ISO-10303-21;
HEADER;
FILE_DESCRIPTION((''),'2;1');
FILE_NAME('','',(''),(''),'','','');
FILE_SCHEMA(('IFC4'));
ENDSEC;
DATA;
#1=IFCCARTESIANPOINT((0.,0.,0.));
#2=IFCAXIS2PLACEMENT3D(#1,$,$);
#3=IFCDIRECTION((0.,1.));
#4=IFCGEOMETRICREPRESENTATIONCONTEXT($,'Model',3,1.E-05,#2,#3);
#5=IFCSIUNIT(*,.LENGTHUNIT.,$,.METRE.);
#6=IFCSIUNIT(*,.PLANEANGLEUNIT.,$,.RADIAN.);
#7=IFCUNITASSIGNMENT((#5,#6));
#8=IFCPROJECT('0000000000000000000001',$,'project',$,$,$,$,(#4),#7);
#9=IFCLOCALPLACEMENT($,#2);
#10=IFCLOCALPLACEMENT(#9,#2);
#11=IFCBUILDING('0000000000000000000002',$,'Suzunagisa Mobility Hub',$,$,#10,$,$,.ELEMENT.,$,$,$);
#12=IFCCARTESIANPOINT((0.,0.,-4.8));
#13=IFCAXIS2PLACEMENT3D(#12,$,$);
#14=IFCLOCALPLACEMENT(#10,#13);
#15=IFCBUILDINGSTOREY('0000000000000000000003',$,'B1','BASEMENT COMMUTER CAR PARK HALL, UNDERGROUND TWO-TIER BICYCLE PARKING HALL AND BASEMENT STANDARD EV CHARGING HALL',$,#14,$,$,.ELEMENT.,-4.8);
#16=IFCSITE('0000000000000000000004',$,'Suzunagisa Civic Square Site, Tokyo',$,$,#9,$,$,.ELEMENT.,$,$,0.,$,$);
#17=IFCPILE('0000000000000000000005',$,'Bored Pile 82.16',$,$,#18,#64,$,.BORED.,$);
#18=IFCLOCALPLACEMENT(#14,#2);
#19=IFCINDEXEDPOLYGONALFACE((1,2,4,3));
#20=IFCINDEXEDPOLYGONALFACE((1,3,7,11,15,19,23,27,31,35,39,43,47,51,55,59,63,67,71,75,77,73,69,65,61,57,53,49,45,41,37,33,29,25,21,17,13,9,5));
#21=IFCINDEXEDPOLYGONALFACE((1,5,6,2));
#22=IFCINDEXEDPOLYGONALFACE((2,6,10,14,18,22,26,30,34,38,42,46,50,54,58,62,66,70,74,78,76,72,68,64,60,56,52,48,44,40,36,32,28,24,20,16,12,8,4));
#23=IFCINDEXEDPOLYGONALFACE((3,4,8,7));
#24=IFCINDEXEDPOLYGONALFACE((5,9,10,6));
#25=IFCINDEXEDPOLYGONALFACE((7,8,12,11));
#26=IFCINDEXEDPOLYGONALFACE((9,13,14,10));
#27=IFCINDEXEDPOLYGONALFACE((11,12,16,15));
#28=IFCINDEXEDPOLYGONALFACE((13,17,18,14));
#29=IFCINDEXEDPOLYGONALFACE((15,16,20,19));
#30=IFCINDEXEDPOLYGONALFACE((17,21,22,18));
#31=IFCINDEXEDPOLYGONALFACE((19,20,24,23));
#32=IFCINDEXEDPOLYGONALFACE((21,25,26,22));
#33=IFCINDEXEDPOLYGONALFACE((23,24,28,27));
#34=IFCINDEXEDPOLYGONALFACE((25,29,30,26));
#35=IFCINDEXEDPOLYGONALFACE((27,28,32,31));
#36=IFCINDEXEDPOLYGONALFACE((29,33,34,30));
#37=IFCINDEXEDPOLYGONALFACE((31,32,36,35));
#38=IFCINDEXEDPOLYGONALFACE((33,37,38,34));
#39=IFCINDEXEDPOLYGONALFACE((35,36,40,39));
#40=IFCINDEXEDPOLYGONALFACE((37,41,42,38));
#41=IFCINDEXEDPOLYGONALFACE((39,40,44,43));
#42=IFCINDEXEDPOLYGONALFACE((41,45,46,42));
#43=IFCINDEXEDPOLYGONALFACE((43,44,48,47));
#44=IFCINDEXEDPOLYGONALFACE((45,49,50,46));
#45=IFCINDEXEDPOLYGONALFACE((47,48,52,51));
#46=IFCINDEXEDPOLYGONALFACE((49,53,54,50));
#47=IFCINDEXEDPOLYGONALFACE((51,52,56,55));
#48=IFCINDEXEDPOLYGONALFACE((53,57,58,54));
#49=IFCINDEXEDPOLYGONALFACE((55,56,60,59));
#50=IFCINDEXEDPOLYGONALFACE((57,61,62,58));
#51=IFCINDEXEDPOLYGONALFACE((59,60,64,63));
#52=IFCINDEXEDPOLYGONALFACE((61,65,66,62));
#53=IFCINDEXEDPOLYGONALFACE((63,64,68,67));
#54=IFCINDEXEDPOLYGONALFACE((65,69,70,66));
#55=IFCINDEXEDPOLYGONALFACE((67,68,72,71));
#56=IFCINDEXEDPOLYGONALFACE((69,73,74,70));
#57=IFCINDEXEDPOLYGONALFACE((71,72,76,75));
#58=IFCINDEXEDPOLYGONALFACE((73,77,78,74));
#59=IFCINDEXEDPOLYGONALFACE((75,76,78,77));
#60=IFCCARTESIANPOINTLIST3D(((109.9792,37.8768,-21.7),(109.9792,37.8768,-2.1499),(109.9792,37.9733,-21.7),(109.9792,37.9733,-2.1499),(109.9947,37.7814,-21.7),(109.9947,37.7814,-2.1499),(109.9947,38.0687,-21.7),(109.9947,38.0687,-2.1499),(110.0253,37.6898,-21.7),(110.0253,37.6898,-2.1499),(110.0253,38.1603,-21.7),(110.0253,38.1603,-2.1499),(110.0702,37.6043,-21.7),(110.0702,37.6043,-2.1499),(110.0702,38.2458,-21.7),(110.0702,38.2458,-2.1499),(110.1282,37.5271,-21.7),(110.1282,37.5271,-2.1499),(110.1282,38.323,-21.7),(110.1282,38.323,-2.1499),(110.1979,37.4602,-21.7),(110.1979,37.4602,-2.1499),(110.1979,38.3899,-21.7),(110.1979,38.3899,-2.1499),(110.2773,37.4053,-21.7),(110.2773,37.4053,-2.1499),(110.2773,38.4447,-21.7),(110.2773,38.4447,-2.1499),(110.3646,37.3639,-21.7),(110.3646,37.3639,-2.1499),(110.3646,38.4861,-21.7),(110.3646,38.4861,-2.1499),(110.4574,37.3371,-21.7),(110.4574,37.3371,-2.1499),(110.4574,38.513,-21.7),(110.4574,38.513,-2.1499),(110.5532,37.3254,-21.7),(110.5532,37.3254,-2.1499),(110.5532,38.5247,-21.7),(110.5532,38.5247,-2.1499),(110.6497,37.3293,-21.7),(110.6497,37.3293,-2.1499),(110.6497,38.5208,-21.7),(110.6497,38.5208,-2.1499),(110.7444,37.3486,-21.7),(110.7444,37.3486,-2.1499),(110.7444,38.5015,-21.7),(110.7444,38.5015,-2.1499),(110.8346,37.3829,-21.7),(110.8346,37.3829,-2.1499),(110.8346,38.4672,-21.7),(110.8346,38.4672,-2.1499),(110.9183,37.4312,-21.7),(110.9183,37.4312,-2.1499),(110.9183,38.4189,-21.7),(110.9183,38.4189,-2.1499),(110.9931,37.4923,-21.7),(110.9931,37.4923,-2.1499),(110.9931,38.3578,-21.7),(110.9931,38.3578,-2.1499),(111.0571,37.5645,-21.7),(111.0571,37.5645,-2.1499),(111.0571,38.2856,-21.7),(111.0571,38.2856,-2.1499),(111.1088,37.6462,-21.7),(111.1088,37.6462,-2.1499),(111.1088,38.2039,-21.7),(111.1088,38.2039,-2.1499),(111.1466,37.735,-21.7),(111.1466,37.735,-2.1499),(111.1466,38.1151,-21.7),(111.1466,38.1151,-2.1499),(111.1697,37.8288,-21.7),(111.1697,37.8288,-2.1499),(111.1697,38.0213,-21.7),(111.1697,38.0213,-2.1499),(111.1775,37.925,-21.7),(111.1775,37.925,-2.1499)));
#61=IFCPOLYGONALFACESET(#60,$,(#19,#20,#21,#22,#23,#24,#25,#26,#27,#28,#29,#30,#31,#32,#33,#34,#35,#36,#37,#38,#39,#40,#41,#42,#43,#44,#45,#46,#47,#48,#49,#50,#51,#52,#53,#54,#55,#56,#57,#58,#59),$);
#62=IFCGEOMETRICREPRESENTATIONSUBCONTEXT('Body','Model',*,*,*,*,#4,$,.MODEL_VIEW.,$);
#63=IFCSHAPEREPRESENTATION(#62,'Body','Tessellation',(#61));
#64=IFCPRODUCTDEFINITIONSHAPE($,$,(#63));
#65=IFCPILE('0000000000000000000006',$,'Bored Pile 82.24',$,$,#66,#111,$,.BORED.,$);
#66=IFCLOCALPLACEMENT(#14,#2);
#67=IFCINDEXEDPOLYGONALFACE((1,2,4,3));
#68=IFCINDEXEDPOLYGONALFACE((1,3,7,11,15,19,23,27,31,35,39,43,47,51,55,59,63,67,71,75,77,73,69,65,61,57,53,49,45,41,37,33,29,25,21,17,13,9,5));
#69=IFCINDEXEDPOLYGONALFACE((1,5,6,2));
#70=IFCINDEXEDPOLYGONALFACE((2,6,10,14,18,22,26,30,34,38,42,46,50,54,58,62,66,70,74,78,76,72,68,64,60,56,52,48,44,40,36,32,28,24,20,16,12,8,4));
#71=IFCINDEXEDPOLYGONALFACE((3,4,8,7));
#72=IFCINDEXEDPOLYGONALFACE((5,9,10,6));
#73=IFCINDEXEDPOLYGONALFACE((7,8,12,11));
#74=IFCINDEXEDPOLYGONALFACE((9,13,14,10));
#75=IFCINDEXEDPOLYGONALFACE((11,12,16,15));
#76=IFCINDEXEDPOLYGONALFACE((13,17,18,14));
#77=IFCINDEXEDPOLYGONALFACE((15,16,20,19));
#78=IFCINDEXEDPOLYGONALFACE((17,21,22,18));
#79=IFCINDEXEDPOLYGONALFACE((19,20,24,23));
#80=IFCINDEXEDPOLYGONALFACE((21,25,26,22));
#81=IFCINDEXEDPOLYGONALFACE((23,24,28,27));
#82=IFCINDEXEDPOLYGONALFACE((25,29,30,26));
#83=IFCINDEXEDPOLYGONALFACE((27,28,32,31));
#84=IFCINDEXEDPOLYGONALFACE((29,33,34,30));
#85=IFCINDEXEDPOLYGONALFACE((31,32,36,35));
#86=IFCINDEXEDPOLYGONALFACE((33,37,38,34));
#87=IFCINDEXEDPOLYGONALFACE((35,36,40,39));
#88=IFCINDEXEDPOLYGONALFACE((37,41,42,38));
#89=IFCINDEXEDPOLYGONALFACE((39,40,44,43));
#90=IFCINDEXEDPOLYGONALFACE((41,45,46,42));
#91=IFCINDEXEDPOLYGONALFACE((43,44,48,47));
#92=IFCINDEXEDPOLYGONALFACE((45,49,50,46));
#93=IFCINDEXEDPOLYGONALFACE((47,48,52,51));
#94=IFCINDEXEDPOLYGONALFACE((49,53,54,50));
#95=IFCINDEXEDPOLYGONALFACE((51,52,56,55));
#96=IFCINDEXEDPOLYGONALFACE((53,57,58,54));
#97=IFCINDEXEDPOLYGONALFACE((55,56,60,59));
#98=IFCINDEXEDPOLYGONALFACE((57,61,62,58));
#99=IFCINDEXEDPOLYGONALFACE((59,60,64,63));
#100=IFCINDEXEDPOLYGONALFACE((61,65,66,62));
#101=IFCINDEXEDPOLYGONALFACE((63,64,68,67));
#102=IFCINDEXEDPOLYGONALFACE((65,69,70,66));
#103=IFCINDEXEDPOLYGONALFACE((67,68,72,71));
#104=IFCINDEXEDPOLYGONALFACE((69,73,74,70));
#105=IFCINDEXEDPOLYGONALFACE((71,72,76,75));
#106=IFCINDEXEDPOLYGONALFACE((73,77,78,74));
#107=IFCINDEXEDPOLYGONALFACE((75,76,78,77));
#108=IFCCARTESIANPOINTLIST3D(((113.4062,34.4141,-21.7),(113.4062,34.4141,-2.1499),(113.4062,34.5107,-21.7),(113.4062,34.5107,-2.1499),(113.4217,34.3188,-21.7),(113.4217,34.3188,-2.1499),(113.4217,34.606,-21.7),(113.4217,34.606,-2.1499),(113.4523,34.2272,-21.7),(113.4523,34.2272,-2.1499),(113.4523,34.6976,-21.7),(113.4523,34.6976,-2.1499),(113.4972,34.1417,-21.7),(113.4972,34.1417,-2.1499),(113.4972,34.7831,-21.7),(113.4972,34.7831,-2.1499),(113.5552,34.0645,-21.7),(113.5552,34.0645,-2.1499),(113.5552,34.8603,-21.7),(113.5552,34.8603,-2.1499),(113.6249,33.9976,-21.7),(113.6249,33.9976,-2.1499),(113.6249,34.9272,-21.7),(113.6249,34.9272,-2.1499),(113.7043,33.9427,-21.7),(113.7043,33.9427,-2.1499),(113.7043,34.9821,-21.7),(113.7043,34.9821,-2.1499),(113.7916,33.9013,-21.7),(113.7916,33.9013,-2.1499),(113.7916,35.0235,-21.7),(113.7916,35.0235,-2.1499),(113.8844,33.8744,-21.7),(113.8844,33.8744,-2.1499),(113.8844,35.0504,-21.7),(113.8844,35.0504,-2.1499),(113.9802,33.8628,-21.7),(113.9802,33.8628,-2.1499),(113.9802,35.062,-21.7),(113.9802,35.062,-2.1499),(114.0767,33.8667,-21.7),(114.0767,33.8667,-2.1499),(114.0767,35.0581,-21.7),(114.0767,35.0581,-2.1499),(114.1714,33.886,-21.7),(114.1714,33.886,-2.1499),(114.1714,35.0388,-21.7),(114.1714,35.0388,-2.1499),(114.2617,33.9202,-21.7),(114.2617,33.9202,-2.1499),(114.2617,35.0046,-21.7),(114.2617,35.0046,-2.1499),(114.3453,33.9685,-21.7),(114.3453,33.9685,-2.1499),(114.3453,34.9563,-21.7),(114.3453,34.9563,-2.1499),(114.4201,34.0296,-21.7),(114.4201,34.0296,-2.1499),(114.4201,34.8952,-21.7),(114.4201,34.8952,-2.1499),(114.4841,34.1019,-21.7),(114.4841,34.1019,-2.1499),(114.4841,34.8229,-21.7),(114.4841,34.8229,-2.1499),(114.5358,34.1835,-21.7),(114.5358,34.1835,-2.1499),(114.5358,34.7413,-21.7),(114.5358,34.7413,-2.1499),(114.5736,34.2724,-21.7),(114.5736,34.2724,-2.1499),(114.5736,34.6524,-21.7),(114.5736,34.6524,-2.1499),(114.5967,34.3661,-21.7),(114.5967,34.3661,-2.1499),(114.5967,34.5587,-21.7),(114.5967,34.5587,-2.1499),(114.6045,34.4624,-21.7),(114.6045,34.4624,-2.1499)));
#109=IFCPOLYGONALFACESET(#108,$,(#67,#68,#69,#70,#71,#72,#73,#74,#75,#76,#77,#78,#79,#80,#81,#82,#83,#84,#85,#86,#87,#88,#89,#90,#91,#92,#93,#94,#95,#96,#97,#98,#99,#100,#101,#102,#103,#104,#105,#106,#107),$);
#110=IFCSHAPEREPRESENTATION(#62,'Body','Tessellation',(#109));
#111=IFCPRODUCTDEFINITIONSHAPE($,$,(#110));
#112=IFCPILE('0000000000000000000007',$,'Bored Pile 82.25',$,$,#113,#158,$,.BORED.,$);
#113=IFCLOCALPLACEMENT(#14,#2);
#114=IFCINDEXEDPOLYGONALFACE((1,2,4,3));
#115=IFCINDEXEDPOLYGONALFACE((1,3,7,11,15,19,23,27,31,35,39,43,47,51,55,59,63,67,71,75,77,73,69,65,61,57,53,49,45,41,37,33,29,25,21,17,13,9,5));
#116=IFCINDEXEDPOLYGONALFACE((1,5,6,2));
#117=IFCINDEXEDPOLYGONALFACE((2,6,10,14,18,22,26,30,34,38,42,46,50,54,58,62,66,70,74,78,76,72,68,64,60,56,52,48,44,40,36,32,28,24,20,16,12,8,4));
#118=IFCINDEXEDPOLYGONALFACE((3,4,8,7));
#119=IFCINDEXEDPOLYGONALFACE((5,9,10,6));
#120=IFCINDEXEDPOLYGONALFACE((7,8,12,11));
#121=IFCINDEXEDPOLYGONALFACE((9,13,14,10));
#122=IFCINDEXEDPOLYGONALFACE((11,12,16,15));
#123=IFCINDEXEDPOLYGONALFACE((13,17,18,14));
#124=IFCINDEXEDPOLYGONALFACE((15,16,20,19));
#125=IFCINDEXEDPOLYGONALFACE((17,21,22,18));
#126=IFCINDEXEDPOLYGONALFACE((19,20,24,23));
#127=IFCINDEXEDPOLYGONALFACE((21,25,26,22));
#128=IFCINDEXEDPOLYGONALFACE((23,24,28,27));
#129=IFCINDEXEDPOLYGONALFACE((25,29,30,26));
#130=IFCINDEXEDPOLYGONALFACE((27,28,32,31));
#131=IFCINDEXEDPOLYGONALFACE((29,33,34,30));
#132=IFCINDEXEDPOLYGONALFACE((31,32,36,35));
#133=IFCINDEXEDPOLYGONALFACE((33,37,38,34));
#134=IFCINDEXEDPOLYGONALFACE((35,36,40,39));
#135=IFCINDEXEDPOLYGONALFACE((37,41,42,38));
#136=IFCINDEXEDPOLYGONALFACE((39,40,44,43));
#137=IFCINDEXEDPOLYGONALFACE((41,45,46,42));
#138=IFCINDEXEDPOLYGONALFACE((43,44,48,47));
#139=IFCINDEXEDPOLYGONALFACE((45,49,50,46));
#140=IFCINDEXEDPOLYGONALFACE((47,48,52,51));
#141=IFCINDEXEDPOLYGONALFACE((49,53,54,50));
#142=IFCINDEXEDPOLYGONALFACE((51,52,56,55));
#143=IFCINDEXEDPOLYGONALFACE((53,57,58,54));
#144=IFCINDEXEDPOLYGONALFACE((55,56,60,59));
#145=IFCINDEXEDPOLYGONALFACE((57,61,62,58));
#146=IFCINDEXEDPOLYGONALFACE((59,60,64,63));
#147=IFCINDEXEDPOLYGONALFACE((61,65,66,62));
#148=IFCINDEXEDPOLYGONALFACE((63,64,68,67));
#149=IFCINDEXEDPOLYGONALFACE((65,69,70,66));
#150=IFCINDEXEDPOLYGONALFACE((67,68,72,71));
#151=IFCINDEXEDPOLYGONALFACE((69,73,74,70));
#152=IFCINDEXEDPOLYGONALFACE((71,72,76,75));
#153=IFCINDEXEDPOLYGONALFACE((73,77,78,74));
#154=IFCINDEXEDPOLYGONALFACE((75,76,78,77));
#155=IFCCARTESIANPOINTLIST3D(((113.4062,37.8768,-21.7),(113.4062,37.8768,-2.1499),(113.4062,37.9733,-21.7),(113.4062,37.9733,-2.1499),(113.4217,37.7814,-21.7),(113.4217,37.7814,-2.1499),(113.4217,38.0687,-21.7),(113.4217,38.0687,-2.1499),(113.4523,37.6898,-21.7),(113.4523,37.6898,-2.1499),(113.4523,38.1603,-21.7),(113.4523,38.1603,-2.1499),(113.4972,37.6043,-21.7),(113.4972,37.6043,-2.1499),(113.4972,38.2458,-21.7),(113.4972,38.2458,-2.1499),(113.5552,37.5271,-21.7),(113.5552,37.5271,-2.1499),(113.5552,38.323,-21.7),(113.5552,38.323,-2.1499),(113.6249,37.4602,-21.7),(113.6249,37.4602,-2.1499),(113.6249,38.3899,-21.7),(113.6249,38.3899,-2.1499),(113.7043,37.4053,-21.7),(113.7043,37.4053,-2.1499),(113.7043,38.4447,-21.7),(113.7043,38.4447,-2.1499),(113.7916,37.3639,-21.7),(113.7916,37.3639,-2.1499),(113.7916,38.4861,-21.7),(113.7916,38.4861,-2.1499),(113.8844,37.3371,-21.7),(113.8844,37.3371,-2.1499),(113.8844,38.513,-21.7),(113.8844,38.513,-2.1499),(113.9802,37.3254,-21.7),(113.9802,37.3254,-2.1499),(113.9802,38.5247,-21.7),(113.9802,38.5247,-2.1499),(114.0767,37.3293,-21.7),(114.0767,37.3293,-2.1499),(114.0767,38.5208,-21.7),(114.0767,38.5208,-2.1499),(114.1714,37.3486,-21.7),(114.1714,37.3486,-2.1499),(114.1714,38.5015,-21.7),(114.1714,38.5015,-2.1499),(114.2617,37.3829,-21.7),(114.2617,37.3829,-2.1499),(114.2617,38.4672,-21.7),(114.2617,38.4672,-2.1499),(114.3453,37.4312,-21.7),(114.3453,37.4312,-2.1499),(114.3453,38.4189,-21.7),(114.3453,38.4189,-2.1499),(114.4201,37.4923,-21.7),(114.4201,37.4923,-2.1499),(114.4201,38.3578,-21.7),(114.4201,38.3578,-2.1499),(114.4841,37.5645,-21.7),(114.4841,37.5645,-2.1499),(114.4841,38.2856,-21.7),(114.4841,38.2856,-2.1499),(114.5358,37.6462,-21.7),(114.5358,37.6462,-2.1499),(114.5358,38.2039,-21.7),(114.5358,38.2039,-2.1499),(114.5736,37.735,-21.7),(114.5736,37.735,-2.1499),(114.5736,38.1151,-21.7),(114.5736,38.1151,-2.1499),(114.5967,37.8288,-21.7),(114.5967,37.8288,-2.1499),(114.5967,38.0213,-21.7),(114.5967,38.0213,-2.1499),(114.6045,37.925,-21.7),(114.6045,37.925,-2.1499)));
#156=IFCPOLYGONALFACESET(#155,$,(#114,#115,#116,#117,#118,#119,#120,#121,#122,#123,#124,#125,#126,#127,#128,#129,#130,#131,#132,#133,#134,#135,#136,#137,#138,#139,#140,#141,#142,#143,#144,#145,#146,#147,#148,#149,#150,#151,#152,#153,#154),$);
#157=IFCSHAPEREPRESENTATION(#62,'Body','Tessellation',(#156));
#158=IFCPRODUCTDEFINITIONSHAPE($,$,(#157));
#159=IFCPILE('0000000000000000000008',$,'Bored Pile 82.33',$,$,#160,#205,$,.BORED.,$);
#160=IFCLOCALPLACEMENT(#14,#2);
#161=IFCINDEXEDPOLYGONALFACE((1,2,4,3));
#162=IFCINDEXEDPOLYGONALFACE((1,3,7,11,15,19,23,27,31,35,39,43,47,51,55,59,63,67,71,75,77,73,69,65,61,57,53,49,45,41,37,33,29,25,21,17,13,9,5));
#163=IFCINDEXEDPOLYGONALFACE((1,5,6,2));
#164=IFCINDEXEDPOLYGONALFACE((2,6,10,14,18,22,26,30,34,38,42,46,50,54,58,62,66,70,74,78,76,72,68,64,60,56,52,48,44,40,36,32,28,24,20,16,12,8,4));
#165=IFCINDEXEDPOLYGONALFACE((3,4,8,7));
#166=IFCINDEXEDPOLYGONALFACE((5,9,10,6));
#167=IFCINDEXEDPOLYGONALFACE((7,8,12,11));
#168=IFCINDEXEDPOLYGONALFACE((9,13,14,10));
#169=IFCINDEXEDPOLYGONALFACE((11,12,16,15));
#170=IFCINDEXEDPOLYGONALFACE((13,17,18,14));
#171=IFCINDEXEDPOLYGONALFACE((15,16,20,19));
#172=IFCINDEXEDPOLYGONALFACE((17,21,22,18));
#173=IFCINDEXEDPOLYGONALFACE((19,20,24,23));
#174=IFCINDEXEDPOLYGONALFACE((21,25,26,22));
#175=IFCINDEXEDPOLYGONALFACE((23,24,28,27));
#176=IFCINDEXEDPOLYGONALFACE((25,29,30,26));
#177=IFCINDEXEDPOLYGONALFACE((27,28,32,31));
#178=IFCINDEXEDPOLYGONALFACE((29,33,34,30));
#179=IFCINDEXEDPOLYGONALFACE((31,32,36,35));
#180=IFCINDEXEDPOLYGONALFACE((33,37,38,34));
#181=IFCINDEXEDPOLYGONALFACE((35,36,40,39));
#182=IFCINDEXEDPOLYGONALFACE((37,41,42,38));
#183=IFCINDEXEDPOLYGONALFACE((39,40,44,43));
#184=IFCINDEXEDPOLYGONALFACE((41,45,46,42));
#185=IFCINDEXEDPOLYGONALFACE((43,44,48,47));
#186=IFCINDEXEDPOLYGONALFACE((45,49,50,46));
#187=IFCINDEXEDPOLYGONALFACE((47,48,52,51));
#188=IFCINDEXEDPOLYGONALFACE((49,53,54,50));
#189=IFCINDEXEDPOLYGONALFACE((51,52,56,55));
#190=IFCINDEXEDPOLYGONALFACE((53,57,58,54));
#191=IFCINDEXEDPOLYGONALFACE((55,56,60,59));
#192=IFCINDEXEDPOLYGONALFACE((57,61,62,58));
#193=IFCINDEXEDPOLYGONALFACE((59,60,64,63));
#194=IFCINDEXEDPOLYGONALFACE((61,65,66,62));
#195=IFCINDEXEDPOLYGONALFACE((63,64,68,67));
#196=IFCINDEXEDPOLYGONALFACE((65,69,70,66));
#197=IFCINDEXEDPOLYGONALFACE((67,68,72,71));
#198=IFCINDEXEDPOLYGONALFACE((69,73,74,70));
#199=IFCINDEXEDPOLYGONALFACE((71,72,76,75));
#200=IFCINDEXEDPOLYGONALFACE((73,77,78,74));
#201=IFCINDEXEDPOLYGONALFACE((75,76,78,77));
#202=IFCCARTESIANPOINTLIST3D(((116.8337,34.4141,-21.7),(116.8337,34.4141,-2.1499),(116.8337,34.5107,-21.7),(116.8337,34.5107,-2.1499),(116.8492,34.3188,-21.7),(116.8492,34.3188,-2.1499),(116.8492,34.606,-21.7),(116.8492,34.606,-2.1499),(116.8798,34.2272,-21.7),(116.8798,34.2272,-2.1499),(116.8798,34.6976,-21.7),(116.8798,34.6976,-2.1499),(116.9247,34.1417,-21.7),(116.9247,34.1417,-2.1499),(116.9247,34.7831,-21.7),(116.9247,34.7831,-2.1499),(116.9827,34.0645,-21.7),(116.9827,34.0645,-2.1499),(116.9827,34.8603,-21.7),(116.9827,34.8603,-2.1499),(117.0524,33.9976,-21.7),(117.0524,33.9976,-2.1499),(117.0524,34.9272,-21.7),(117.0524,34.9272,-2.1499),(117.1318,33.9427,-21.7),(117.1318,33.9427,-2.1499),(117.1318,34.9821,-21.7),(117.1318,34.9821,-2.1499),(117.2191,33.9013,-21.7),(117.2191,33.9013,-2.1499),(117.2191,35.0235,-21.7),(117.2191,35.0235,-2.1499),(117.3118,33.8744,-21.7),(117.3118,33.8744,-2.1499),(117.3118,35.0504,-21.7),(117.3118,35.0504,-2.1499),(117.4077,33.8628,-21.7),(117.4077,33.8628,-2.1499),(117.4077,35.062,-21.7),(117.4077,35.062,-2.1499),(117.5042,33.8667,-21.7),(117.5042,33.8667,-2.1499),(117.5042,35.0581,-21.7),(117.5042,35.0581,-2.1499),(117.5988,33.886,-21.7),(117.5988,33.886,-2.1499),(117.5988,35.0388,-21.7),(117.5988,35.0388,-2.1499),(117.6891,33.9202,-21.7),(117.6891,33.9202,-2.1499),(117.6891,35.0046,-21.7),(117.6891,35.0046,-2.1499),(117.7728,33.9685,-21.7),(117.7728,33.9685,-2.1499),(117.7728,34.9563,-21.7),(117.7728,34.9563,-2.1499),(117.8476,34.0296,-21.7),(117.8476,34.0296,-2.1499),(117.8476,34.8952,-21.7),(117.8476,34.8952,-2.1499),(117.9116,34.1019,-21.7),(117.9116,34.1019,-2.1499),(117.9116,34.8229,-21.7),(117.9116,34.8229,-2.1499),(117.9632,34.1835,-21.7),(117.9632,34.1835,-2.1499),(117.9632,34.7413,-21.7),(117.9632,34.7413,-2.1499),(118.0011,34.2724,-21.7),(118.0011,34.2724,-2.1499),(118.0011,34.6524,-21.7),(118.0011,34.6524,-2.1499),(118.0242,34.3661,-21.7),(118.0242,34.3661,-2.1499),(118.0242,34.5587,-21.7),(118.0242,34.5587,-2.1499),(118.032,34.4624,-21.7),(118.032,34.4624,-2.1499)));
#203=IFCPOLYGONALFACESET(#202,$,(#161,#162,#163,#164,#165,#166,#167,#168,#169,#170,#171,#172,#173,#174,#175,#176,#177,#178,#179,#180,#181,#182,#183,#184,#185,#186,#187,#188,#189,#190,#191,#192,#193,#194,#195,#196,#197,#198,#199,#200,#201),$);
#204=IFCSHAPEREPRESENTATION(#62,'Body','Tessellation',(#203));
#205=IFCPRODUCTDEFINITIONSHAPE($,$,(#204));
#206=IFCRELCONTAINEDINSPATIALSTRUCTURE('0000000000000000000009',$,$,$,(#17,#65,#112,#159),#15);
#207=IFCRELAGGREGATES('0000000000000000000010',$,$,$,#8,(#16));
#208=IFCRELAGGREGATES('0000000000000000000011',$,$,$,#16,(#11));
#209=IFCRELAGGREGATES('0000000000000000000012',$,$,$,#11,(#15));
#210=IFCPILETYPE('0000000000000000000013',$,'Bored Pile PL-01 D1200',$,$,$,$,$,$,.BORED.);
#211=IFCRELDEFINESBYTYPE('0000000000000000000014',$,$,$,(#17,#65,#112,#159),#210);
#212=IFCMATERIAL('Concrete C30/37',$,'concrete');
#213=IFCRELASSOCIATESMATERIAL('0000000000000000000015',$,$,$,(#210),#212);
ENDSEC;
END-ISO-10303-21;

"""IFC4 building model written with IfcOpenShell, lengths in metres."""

from ifc_helpers import new_model, si_unit, direction, frame, origin, origin_2d, place, context, subcontext, project, spatial, circle, extrude, material, material_profile, profile_set, type_object, element, save


model = new_model("IFC4")

# Units and contexts
model_context = context("Model", 3, precision=1e-05, world=origin(), true_north=direction((0.0, 1.0)))
body_context = subcontext(model_context, "Body", "Model", "MODEL_VIEW")
ifc_project = project(units=[si_unit("LENGTHUNIT", "METRE"), si_unit("PLANEANGLEUNIT", "RADIAN")], contexts=[model_context])

# Site, building, storey
site_placement = place(None, origin())
site = spatial("IfcSite", under=ifc_project, at=site_placement, Name="Suzunagisa Civic Square Site, Tokyo", CompositionType="ELEMENT", RefElevation=0.0)
building_placement = place(site_placement, origin())
building = spatial("IfcBuilding", under=site, at=building_placement, Name="Suzunagisa Mobility Hub", CompositionType="ELEMENT")
storey_placement = place(building_placement, frame((0.0, 0.0, -4.8)))
storey = spatial("IfcBuildingStorey", under=building, at=storey_placement, Name="B1", Description="BASEMENT COMMUTER CAR PARK HALL, UNDERGROUND TWO-TIER BICYCLE PARKING HALL AND BASEMENT STANDARD EV CHARGING HALL", CompositionType="ELEMENT", Elevation=-4.8)

# Piles
ifc_material_1 = material(Name="Concrete C30/37", Category="concrete")
ifc_material_profile_1 = material_profile(ifc_material_1, circle(Radius=0.6001, at=origin_2d()), Name="BORED PILE D1200")
ifc_profile_set_1 = profile_set([ifc_material_profile_1], Name="Concrete C30/37")
pile_type_1 = type_object("IfcPileType", Name="Bored Pile PL-01 D1200", PredefinedType="BORED", material=ifc_profile_set_1)
for number, where, z_axis, x_axis, name in (
    (1, (110.5774, 37.925, -2.1499), (0.0, 0.0, -1.0), (1.0, 0.0, 0.0), "Bored Pile 82.16"),
    (2, (114.0044, 34.4624, -2.1499), (0.0, 0.0, -1.0), (1.0, 0.0, 0.0), "Bored Pile 82.24"),
    (3, (114.0044, 37.925, -2.1499), (0.0, 0.0, -1.0), (1.0, 0.0, 0.0), "Bored Pile 82.25"),
    (4, (117.4319, 34.4624, -2.1499), (0.0, 0.0, -1.0), (1.0, 0.0, 0.0), "Bored Pile 82.33"),
):
    element("IfcPile", number, at=place(storey_placement, frame(where, z_axis=z_axis, x_axis=x_axis)), inside=storey, type_object=pile_type_1, Name=name, PredefinedType="BORED", context=body_context, shape_type="SweptSolid", body=[
        extrude(circle(Radius=0.6001, at=origin_2d()), origin(), (0.0, 0.0, 1.0), 19.55),
    ])

save(model, "model.ifc")
